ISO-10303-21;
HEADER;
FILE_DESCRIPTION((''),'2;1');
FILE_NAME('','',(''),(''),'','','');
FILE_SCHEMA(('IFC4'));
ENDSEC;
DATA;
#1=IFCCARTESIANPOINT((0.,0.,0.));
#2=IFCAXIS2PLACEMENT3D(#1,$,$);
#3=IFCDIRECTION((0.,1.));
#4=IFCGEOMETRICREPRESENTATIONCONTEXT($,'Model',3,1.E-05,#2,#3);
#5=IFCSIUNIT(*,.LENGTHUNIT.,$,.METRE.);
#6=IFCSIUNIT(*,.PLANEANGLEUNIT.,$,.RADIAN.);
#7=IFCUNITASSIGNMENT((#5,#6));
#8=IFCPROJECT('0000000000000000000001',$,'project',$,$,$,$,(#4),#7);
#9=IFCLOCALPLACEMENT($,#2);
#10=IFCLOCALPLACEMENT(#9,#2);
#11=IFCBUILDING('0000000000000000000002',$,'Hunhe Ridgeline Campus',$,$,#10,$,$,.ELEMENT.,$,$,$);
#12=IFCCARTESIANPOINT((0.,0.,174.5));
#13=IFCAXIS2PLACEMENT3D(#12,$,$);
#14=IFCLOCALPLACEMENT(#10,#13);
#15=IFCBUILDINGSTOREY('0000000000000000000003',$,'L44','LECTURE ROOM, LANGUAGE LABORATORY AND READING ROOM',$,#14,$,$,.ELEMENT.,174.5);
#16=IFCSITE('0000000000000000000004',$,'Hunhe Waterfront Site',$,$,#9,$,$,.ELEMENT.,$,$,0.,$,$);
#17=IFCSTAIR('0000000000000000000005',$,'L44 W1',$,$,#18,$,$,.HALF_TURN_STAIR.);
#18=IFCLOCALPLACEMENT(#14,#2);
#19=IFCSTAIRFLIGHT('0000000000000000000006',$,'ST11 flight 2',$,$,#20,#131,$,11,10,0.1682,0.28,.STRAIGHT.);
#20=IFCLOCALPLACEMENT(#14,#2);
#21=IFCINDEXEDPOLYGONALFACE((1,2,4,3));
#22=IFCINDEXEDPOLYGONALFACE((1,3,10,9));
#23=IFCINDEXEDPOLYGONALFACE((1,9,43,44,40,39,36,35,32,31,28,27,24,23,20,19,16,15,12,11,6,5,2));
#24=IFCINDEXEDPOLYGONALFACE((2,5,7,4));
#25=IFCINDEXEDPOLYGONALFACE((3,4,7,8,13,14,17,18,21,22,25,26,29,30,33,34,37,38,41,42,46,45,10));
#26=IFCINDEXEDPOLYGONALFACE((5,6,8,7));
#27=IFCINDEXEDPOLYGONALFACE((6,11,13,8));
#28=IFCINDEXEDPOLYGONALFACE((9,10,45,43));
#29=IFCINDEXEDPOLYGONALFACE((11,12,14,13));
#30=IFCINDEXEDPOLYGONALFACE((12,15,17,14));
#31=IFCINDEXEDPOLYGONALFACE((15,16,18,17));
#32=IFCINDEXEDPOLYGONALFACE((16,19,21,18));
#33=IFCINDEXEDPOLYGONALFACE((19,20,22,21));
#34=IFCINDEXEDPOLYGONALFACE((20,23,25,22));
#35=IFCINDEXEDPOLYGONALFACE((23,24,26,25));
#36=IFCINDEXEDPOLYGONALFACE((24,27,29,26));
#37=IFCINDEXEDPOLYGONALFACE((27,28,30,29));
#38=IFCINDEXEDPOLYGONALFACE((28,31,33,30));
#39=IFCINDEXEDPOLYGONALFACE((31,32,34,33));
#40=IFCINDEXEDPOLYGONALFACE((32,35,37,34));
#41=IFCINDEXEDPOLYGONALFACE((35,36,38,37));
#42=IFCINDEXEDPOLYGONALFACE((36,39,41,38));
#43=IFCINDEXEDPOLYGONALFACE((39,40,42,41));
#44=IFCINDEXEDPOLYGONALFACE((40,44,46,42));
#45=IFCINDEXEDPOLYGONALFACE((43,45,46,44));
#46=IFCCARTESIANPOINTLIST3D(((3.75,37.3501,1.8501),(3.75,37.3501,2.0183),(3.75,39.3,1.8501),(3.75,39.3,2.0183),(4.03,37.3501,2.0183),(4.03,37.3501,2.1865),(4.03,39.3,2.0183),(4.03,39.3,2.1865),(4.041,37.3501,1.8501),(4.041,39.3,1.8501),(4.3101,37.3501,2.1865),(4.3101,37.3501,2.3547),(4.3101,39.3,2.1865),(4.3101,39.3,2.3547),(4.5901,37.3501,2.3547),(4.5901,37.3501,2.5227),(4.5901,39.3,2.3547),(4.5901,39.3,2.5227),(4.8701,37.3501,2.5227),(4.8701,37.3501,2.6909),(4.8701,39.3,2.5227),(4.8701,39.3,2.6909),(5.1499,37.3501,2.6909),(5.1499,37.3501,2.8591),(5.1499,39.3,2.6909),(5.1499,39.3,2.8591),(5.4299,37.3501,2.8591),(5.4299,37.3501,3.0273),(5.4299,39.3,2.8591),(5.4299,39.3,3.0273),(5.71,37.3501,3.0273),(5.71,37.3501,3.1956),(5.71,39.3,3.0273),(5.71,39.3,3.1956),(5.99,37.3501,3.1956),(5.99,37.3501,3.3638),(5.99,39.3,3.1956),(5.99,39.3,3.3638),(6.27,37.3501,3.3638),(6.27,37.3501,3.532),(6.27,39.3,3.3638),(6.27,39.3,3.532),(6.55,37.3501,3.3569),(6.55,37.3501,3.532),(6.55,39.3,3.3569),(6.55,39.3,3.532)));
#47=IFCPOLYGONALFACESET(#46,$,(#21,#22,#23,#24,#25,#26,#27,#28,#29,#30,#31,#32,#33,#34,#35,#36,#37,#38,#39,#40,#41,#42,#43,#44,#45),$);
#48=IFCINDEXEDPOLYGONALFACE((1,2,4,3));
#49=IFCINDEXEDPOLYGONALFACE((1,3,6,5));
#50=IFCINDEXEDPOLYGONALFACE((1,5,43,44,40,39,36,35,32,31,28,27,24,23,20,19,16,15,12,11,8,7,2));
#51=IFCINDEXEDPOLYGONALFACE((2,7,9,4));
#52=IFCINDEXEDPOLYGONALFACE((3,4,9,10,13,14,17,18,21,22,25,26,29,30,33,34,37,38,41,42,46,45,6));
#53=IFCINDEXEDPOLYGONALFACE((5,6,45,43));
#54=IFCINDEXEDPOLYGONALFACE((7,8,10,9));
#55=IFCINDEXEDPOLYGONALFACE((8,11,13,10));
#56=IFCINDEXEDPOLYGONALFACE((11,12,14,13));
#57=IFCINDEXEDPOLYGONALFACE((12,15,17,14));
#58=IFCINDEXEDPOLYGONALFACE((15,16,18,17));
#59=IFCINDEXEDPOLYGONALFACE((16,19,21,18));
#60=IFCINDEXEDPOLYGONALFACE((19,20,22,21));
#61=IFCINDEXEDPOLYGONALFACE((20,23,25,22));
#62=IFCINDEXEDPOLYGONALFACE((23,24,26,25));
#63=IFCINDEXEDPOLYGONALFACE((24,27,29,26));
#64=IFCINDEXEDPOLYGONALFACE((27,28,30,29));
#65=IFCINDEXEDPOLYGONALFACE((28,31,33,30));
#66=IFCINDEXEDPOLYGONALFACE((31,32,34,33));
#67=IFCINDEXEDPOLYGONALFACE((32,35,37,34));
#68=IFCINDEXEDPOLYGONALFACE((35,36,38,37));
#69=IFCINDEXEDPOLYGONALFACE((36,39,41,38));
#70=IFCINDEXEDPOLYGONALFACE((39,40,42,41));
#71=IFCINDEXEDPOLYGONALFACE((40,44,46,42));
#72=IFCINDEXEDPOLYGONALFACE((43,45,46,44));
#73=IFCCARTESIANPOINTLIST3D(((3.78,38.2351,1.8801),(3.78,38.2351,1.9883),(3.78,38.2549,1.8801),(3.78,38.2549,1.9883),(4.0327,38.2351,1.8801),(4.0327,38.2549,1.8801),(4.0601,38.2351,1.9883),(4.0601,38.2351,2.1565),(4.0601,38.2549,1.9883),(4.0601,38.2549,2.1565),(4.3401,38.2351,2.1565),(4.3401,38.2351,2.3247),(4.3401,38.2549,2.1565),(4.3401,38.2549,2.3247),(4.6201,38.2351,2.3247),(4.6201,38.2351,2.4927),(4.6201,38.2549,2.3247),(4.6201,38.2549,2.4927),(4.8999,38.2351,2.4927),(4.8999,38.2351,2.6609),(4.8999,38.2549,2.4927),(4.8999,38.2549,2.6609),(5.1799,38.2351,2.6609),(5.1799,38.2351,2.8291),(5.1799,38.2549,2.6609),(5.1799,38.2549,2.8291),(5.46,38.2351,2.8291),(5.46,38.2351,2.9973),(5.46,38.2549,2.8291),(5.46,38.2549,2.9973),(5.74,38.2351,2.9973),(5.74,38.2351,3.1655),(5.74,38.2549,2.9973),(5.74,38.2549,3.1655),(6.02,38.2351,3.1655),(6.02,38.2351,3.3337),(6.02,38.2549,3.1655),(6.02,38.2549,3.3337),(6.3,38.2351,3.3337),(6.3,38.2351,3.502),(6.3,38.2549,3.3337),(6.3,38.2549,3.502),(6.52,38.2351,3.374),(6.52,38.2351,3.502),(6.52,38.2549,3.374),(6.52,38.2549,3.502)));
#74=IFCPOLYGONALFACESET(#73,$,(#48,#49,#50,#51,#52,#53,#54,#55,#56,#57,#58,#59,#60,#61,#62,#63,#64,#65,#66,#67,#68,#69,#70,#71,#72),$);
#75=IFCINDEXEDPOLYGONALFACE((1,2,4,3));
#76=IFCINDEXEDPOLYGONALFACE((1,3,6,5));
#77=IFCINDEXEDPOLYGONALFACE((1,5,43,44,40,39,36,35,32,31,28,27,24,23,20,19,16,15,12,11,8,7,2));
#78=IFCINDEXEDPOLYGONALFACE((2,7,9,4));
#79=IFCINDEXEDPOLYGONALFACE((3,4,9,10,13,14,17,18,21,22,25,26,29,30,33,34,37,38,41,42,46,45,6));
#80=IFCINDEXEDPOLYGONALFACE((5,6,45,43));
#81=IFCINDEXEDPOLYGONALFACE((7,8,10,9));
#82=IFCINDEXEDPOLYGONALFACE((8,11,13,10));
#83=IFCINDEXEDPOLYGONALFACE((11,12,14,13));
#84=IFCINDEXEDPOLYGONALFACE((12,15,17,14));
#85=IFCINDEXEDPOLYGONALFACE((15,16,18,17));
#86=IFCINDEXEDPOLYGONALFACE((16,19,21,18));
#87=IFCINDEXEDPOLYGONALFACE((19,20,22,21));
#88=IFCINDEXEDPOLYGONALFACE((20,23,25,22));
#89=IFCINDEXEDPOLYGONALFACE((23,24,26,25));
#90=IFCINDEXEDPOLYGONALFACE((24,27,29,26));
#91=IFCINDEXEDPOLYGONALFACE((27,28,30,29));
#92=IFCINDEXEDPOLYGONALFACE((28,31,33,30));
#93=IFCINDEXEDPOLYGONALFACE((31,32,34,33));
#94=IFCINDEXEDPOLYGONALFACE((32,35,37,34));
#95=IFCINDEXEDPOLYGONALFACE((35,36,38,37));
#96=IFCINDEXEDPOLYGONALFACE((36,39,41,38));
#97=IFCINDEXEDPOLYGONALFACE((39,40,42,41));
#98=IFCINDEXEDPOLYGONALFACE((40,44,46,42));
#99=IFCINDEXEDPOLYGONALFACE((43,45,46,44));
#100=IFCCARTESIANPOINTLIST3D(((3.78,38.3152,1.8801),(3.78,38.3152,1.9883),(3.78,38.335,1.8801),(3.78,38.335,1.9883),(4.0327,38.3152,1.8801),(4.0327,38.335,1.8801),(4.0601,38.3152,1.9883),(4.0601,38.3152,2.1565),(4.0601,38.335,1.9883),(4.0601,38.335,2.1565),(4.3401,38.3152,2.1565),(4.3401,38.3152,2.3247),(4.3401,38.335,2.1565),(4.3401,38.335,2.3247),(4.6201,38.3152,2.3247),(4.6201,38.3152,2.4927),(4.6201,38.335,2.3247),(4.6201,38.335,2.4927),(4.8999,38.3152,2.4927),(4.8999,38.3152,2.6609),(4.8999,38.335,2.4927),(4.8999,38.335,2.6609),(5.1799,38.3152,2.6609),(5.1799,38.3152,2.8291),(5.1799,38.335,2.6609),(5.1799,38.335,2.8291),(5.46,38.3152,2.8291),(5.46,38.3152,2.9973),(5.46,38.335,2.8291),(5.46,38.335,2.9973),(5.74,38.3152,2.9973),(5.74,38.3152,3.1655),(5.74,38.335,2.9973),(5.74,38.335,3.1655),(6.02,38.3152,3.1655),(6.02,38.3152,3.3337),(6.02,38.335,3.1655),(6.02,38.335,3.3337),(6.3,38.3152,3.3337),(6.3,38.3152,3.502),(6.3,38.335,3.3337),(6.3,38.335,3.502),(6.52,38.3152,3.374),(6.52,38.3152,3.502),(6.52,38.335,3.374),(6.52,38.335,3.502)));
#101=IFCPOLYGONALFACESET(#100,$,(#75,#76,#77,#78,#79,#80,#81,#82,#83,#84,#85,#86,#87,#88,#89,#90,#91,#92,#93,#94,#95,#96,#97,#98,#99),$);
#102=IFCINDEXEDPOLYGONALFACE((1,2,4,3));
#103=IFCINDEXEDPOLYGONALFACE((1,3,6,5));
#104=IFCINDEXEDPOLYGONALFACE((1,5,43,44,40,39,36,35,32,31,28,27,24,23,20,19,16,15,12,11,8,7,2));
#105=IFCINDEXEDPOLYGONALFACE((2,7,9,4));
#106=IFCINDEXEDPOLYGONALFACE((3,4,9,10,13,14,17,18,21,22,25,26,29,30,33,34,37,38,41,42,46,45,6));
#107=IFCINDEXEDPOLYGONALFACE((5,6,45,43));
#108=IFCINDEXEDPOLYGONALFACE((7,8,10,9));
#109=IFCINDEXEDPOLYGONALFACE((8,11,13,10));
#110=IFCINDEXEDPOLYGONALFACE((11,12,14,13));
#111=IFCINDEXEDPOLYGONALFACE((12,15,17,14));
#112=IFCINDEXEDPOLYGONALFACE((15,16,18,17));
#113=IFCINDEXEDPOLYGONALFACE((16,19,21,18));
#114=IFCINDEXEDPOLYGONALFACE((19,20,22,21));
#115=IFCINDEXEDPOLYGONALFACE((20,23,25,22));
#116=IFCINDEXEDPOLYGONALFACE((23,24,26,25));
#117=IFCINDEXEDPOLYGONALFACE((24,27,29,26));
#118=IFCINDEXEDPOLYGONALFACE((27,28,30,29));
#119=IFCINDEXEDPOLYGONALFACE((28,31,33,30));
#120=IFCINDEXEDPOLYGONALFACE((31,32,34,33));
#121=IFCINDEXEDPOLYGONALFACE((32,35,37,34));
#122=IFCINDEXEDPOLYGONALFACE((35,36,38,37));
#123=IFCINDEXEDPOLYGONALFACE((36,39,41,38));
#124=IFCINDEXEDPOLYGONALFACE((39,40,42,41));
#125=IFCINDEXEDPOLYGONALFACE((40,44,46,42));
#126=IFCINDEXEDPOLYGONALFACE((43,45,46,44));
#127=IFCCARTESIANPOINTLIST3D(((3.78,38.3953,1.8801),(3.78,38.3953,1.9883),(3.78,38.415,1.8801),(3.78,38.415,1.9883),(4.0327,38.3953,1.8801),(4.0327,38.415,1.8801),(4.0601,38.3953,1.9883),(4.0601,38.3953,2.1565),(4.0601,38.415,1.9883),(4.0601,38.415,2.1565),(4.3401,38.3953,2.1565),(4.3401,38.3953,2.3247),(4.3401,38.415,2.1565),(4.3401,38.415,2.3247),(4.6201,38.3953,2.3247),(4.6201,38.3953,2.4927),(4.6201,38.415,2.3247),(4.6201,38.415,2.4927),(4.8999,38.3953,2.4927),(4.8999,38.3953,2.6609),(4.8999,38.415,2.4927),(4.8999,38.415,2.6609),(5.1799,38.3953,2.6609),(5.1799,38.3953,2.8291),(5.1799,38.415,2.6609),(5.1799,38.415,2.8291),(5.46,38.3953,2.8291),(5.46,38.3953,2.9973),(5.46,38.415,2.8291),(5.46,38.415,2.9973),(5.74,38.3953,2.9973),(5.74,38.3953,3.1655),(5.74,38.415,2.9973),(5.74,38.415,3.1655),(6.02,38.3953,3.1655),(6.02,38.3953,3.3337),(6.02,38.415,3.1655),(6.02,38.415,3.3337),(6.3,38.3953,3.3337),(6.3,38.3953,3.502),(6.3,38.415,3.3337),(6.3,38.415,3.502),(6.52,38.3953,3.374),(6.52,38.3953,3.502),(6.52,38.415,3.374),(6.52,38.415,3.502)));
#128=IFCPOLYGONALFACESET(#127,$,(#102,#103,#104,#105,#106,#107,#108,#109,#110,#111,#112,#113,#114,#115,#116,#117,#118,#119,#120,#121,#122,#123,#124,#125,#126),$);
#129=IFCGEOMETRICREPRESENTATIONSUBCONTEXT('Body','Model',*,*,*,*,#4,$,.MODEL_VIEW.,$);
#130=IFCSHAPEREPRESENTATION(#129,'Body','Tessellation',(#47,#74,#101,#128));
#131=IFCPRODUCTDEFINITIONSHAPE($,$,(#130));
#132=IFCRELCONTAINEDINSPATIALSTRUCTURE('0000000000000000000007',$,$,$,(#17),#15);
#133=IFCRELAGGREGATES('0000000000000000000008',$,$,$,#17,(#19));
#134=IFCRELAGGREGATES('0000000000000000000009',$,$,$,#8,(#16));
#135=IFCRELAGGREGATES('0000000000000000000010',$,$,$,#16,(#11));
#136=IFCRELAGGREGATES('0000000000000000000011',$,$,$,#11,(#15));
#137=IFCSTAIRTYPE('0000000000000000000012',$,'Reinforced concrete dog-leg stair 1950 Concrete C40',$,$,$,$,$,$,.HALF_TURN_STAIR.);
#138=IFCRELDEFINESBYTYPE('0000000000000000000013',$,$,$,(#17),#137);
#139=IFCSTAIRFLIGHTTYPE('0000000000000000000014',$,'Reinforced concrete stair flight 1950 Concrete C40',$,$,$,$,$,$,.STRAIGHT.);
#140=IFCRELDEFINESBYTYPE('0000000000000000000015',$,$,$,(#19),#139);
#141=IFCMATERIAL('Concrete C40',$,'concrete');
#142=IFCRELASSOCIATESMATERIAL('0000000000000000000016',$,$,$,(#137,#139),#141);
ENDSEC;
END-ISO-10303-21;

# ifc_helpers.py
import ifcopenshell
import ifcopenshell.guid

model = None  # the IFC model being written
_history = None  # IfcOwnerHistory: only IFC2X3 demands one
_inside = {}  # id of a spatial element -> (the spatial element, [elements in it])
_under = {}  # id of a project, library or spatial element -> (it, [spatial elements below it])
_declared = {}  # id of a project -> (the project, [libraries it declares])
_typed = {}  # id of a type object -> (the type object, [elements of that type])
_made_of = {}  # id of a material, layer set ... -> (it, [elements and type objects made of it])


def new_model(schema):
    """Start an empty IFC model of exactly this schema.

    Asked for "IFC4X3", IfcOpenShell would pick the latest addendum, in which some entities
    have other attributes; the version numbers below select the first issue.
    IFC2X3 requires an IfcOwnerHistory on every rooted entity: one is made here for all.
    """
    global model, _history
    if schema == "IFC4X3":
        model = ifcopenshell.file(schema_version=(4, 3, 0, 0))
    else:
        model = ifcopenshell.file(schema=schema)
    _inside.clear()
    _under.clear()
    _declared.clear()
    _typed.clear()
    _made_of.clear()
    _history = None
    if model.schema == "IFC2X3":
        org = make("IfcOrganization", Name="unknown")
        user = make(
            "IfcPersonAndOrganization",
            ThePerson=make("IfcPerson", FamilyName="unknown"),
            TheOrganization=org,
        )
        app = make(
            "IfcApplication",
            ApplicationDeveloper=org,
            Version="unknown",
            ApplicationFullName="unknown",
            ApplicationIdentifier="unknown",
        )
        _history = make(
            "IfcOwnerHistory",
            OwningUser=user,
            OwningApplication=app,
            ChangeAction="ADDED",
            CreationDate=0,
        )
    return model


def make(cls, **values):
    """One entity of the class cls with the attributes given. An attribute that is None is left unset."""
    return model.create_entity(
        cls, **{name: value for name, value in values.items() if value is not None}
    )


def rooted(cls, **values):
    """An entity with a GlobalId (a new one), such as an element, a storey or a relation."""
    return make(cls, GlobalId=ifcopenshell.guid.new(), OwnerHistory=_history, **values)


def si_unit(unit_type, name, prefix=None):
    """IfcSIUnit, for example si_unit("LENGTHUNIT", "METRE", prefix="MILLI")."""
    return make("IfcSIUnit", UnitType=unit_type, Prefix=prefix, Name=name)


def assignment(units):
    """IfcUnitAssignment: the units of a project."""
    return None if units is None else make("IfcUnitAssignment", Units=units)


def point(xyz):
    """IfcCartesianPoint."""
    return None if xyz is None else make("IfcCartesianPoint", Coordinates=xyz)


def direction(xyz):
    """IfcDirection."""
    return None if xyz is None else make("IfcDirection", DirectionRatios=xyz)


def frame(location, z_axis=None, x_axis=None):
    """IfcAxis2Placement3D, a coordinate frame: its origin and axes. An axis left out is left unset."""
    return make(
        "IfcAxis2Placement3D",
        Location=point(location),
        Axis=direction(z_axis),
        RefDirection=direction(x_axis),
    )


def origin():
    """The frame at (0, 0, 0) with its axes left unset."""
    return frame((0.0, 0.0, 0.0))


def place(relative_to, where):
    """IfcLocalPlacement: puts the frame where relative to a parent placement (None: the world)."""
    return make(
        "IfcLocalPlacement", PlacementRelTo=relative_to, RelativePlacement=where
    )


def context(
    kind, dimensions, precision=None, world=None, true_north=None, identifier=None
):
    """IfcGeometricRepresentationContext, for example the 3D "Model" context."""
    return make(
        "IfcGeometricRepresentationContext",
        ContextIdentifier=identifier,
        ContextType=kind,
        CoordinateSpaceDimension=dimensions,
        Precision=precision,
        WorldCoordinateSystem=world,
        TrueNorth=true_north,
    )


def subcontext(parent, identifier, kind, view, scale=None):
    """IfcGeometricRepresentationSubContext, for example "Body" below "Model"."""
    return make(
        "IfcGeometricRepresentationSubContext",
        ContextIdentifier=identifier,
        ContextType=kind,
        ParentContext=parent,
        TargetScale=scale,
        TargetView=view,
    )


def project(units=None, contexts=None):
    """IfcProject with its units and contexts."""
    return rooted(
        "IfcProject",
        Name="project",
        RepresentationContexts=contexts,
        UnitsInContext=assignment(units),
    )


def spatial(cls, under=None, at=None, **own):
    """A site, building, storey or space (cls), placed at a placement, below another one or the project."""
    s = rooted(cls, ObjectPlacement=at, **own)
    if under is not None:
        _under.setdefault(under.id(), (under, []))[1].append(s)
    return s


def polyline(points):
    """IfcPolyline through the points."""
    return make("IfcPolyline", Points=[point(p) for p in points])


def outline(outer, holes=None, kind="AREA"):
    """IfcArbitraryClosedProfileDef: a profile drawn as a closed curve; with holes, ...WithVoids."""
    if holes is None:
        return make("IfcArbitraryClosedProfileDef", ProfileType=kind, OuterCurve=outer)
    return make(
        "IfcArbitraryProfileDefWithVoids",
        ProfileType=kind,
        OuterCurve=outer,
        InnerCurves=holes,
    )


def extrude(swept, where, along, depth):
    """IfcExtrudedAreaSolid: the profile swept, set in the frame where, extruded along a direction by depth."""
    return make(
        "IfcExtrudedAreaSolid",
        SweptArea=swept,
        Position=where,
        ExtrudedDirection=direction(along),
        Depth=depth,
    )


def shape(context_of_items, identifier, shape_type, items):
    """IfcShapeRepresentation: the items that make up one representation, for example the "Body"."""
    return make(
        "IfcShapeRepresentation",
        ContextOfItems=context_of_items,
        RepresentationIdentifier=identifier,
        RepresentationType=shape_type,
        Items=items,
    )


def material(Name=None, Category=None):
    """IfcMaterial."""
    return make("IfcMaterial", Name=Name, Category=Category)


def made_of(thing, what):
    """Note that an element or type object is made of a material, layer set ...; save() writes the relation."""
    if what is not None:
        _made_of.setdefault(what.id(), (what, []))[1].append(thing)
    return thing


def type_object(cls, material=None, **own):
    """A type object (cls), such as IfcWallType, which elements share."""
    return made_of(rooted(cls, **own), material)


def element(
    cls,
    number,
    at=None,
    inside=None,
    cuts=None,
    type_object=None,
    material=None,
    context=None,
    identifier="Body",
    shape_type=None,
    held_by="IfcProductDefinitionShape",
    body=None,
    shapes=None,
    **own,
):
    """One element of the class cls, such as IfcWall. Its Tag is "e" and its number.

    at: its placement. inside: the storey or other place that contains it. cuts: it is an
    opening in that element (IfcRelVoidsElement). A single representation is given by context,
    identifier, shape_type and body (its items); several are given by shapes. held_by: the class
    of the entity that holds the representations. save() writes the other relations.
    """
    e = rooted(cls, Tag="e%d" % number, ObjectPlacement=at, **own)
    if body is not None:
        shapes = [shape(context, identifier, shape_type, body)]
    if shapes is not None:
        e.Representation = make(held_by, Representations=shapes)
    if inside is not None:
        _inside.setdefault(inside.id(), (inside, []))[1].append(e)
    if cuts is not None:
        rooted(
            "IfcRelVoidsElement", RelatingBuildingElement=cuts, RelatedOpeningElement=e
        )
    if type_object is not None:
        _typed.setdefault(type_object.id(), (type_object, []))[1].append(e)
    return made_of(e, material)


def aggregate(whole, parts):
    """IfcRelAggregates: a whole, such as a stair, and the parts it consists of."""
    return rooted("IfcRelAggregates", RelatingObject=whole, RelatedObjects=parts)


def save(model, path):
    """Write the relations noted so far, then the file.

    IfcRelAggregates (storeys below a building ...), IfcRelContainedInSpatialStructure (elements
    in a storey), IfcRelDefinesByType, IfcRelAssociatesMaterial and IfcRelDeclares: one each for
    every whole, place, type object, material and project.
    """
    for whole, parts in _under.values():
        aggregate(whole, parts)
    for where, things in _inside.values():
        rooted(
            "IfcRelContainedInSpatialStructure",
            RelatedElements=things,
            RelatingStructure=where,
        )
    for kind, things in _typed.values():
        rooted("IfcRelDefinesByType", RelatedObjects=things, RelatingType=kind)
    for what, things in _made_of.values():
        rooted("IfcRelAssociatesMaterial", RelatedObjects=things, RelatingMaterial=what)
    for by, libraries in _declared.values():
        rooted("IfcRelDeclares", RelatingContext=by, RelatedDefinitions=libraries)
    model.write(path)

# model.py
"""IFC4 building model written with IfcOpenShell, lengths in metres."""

from ifc_helpers import new_model, si_unit, direction, frame, origin, place, context, subcontext, project, spatial, polyline, outline, extrude, material, type_object, element, aggregate, save


model = new_model("IFC4")

# Units and contexts
model_context = context("Model", 3, precision=1e-05, world=origin(), true_north=direction((0.0, 1.0)))
body_context = subcontext(model_context, "Body", "Model", "MODEL_VIEW")
ifc_project = project(units=[si_unit("LENGTHUNIT", "METRE"), si_unit("PLANEANGLEUNIT", "RADIAN")], contexts=[model_context])

# Site, building, storey
site_placement = place(None, origin())
site = spatial("IfcSite", under=ifc_project, at=site_placement, Name="Hunhe Waterfront Site", CompositionType="ELEMENT", RefElevation=0.0)
building_placement = place(site_placement, origin())
building = spatial("IfcBuilding", under=site, at=building_placement, Name="Hunhe Ridgeline Campus", CompositionType="ELEMENT")
storey_placement = place(building_placement, frame((0.0, 0.0, 174.5)))
storey = spatial("IfcBuildingStorey", under=building, at=storey_placement, Name="L44", Description="LECTURE ROOM, LANGUAGE LABORATORY AND READING ROOM", CompositionType="ELEMENT", Elevation=174.5)

# Shared definitions
ifc_material_1 = material(Name="Concrete C40", Category="concrete")
stair_type = type_object("IfcStairType", Name="Reinforced concrete dog-leg stair 1950 Concrete C40", PredefinedType="HALF_TURN_STAIR", material=ifc_material_1)
stair_flight_type = type_object("IfcStairFlightType", Name="Reinforced concrete stair flight 1950 Concrete C40", PredefinedType="STRAIGHT", material=ifc_material_1)

# Stair, stair flight
stair_1_placement = place(storey_placement, origin())
stair_1 = element("IfcStair", 1, at=stair_1_placement, inside=storey, type_object=stair_type, Name="L44 W1", PredefinedType="HALF_TURN_STAIR")
stair_flight_1_placement = place(storey_placement, frame((3.75, 38.325, 1.8501), z_axis=(0.0, 0.0, 1.0), x_axis=(1.0, 0.0, 0.0)))
stair_flight_1 = element("IfcStairFlight", 2, at=stair_flight_1_placement, type_object=stair_flight_type, Name="ST11 flight 2", NumberOfRisers=11, NumberOfTreads=10, PredefinedType="STRAIGHT", RiserHeight=0.1682, TreadLength=0.28, context=body_context, shape_type="SweptSolid", body=[
    extrude(outline(polyline([(0.0, 0.0), (0.0, 0.1682), (0.28, 0.1682), (0.28, 0.3364), (0.5601, 0.3364), (0.5601, 0.5046), (0.8401, 0.5046), (0.8401, 0.6726), (1.1201, 0.6726), (1.1201, 0.8408), (1.3999, 0.8408), (1.3999, 1.009), (1.6799, 1.009), (1.6799, 1.1772), (1.96, 1.1772), (1.96, 1.3455), (2.24, 1.3455), (2.24, 1.5137), (2.52, 1.5137), (2.52, 1.6819), (2.8, 1.6819), (2.8, 1.8501), (2.8, 1.5068), (0.291, 0.0), (0.0, 0.0)])), frame((0.0, 0.9751, 0.0), z_axis=(0.0, -1.0, 0.0), x_axis=(1.0, 0.0, 0.0)), (0.0, 0.0, 1.0), 1.95),
    extrude(outline(polyline([(0.03, 0.03), (0.03, 0.1382), (0.3101, 0.1382), (0.3101, 0.3064), (0.5901, 0.3064), (0.5901, 0.4746), (0.8701, 0.4746), (0.8701, 0.6426), (1.1499, 0.6426), (1.1499, 0.8108), (1.4299, 0.8108), (1.4299, 0.979), (1.71, 0.979), (1.71, 1.1472), (1.99, 1.1472), (1.99, 1.3154), (2.27, 1.3154), (2.27, 1.4836), (2.55, 1.4836), (2.55, 1.6519), (2.77, 1.6519), (2.77, 1.5239), (0.2827, 0.03), (0.03, 0.03)])), frame((0.0, -0.0701, 0.0), z_axis=(0.0, -1.0, 0.0), x_axis=(1.0, 0.0, 0.0)), (0.0, 0.0, 1.0), 0.0198),
    extrude(outline(polyline([(0.03, 0.03), (0.03, 0.1382), (0.3101, 0.1382), (0.3101, 0.3064), (0.5901, 0.3064), (0.5901, 0.4746), (0.8701, 0.4746), (0.8701, 0.6426), (1.1499, 0.6426), (1.1499, 0.8108), (1.4299, 0.8108), (1.4299, 0.979), (1.71, 0.979), (1.71, 1.1472), (1.99, 1.1472), (1.99, 1.3154), (2.27, 1.3154), (2.27, 1.4836), (2.55, 1.4836), (2.55, 1.6519), (2.77, 1.6519), (2.77, 1.5239), (0.2827, 0.03), (0.03, 0.03)])), frame((0.0, 0.01, 0.0), z_axis=(0.0, -1.0, 0.0), x_axis=(1.0, 0.0, 0.0)), (0.0, 0.0, 1.0), 0.0198),
    extrude(outline(polyline([(0.03, 0.03), (0.03, 0.1382), (0.3101, 0.1382), (0.3101, 0.3064), (0.5901, 0.3064), (0.5901, 0.4746), (0.8701, 0.4746), (0.8701, 0.6426), (1.1499, 0.6426), (1.1499, 0.8108), (1.4299, 0.8108), (1.4299, 0.979), (1.71, 0.979), (1.71, 1.1472), (1.99, 1.1472), (1.99, 1.3154), (2.27, 1.3154), (2.27, 1.4836), (2.55, 1.4836), (2.55, 1.6519), (2.77, 1.6519), (2.77, 1.5239), (0.2827, 0.03), (0.03, 0.03)])), frame((0.0, 0.0901, 0.0), z_axis=(0.0, -1.0, 0.0), x_axis=(1.0, 0.0, 0.0)), (0.0, 0.0, 1.0), 0.0198),
])
aggregate(stair_1, [stair_flight_1])

save(model, "model.ifc")
